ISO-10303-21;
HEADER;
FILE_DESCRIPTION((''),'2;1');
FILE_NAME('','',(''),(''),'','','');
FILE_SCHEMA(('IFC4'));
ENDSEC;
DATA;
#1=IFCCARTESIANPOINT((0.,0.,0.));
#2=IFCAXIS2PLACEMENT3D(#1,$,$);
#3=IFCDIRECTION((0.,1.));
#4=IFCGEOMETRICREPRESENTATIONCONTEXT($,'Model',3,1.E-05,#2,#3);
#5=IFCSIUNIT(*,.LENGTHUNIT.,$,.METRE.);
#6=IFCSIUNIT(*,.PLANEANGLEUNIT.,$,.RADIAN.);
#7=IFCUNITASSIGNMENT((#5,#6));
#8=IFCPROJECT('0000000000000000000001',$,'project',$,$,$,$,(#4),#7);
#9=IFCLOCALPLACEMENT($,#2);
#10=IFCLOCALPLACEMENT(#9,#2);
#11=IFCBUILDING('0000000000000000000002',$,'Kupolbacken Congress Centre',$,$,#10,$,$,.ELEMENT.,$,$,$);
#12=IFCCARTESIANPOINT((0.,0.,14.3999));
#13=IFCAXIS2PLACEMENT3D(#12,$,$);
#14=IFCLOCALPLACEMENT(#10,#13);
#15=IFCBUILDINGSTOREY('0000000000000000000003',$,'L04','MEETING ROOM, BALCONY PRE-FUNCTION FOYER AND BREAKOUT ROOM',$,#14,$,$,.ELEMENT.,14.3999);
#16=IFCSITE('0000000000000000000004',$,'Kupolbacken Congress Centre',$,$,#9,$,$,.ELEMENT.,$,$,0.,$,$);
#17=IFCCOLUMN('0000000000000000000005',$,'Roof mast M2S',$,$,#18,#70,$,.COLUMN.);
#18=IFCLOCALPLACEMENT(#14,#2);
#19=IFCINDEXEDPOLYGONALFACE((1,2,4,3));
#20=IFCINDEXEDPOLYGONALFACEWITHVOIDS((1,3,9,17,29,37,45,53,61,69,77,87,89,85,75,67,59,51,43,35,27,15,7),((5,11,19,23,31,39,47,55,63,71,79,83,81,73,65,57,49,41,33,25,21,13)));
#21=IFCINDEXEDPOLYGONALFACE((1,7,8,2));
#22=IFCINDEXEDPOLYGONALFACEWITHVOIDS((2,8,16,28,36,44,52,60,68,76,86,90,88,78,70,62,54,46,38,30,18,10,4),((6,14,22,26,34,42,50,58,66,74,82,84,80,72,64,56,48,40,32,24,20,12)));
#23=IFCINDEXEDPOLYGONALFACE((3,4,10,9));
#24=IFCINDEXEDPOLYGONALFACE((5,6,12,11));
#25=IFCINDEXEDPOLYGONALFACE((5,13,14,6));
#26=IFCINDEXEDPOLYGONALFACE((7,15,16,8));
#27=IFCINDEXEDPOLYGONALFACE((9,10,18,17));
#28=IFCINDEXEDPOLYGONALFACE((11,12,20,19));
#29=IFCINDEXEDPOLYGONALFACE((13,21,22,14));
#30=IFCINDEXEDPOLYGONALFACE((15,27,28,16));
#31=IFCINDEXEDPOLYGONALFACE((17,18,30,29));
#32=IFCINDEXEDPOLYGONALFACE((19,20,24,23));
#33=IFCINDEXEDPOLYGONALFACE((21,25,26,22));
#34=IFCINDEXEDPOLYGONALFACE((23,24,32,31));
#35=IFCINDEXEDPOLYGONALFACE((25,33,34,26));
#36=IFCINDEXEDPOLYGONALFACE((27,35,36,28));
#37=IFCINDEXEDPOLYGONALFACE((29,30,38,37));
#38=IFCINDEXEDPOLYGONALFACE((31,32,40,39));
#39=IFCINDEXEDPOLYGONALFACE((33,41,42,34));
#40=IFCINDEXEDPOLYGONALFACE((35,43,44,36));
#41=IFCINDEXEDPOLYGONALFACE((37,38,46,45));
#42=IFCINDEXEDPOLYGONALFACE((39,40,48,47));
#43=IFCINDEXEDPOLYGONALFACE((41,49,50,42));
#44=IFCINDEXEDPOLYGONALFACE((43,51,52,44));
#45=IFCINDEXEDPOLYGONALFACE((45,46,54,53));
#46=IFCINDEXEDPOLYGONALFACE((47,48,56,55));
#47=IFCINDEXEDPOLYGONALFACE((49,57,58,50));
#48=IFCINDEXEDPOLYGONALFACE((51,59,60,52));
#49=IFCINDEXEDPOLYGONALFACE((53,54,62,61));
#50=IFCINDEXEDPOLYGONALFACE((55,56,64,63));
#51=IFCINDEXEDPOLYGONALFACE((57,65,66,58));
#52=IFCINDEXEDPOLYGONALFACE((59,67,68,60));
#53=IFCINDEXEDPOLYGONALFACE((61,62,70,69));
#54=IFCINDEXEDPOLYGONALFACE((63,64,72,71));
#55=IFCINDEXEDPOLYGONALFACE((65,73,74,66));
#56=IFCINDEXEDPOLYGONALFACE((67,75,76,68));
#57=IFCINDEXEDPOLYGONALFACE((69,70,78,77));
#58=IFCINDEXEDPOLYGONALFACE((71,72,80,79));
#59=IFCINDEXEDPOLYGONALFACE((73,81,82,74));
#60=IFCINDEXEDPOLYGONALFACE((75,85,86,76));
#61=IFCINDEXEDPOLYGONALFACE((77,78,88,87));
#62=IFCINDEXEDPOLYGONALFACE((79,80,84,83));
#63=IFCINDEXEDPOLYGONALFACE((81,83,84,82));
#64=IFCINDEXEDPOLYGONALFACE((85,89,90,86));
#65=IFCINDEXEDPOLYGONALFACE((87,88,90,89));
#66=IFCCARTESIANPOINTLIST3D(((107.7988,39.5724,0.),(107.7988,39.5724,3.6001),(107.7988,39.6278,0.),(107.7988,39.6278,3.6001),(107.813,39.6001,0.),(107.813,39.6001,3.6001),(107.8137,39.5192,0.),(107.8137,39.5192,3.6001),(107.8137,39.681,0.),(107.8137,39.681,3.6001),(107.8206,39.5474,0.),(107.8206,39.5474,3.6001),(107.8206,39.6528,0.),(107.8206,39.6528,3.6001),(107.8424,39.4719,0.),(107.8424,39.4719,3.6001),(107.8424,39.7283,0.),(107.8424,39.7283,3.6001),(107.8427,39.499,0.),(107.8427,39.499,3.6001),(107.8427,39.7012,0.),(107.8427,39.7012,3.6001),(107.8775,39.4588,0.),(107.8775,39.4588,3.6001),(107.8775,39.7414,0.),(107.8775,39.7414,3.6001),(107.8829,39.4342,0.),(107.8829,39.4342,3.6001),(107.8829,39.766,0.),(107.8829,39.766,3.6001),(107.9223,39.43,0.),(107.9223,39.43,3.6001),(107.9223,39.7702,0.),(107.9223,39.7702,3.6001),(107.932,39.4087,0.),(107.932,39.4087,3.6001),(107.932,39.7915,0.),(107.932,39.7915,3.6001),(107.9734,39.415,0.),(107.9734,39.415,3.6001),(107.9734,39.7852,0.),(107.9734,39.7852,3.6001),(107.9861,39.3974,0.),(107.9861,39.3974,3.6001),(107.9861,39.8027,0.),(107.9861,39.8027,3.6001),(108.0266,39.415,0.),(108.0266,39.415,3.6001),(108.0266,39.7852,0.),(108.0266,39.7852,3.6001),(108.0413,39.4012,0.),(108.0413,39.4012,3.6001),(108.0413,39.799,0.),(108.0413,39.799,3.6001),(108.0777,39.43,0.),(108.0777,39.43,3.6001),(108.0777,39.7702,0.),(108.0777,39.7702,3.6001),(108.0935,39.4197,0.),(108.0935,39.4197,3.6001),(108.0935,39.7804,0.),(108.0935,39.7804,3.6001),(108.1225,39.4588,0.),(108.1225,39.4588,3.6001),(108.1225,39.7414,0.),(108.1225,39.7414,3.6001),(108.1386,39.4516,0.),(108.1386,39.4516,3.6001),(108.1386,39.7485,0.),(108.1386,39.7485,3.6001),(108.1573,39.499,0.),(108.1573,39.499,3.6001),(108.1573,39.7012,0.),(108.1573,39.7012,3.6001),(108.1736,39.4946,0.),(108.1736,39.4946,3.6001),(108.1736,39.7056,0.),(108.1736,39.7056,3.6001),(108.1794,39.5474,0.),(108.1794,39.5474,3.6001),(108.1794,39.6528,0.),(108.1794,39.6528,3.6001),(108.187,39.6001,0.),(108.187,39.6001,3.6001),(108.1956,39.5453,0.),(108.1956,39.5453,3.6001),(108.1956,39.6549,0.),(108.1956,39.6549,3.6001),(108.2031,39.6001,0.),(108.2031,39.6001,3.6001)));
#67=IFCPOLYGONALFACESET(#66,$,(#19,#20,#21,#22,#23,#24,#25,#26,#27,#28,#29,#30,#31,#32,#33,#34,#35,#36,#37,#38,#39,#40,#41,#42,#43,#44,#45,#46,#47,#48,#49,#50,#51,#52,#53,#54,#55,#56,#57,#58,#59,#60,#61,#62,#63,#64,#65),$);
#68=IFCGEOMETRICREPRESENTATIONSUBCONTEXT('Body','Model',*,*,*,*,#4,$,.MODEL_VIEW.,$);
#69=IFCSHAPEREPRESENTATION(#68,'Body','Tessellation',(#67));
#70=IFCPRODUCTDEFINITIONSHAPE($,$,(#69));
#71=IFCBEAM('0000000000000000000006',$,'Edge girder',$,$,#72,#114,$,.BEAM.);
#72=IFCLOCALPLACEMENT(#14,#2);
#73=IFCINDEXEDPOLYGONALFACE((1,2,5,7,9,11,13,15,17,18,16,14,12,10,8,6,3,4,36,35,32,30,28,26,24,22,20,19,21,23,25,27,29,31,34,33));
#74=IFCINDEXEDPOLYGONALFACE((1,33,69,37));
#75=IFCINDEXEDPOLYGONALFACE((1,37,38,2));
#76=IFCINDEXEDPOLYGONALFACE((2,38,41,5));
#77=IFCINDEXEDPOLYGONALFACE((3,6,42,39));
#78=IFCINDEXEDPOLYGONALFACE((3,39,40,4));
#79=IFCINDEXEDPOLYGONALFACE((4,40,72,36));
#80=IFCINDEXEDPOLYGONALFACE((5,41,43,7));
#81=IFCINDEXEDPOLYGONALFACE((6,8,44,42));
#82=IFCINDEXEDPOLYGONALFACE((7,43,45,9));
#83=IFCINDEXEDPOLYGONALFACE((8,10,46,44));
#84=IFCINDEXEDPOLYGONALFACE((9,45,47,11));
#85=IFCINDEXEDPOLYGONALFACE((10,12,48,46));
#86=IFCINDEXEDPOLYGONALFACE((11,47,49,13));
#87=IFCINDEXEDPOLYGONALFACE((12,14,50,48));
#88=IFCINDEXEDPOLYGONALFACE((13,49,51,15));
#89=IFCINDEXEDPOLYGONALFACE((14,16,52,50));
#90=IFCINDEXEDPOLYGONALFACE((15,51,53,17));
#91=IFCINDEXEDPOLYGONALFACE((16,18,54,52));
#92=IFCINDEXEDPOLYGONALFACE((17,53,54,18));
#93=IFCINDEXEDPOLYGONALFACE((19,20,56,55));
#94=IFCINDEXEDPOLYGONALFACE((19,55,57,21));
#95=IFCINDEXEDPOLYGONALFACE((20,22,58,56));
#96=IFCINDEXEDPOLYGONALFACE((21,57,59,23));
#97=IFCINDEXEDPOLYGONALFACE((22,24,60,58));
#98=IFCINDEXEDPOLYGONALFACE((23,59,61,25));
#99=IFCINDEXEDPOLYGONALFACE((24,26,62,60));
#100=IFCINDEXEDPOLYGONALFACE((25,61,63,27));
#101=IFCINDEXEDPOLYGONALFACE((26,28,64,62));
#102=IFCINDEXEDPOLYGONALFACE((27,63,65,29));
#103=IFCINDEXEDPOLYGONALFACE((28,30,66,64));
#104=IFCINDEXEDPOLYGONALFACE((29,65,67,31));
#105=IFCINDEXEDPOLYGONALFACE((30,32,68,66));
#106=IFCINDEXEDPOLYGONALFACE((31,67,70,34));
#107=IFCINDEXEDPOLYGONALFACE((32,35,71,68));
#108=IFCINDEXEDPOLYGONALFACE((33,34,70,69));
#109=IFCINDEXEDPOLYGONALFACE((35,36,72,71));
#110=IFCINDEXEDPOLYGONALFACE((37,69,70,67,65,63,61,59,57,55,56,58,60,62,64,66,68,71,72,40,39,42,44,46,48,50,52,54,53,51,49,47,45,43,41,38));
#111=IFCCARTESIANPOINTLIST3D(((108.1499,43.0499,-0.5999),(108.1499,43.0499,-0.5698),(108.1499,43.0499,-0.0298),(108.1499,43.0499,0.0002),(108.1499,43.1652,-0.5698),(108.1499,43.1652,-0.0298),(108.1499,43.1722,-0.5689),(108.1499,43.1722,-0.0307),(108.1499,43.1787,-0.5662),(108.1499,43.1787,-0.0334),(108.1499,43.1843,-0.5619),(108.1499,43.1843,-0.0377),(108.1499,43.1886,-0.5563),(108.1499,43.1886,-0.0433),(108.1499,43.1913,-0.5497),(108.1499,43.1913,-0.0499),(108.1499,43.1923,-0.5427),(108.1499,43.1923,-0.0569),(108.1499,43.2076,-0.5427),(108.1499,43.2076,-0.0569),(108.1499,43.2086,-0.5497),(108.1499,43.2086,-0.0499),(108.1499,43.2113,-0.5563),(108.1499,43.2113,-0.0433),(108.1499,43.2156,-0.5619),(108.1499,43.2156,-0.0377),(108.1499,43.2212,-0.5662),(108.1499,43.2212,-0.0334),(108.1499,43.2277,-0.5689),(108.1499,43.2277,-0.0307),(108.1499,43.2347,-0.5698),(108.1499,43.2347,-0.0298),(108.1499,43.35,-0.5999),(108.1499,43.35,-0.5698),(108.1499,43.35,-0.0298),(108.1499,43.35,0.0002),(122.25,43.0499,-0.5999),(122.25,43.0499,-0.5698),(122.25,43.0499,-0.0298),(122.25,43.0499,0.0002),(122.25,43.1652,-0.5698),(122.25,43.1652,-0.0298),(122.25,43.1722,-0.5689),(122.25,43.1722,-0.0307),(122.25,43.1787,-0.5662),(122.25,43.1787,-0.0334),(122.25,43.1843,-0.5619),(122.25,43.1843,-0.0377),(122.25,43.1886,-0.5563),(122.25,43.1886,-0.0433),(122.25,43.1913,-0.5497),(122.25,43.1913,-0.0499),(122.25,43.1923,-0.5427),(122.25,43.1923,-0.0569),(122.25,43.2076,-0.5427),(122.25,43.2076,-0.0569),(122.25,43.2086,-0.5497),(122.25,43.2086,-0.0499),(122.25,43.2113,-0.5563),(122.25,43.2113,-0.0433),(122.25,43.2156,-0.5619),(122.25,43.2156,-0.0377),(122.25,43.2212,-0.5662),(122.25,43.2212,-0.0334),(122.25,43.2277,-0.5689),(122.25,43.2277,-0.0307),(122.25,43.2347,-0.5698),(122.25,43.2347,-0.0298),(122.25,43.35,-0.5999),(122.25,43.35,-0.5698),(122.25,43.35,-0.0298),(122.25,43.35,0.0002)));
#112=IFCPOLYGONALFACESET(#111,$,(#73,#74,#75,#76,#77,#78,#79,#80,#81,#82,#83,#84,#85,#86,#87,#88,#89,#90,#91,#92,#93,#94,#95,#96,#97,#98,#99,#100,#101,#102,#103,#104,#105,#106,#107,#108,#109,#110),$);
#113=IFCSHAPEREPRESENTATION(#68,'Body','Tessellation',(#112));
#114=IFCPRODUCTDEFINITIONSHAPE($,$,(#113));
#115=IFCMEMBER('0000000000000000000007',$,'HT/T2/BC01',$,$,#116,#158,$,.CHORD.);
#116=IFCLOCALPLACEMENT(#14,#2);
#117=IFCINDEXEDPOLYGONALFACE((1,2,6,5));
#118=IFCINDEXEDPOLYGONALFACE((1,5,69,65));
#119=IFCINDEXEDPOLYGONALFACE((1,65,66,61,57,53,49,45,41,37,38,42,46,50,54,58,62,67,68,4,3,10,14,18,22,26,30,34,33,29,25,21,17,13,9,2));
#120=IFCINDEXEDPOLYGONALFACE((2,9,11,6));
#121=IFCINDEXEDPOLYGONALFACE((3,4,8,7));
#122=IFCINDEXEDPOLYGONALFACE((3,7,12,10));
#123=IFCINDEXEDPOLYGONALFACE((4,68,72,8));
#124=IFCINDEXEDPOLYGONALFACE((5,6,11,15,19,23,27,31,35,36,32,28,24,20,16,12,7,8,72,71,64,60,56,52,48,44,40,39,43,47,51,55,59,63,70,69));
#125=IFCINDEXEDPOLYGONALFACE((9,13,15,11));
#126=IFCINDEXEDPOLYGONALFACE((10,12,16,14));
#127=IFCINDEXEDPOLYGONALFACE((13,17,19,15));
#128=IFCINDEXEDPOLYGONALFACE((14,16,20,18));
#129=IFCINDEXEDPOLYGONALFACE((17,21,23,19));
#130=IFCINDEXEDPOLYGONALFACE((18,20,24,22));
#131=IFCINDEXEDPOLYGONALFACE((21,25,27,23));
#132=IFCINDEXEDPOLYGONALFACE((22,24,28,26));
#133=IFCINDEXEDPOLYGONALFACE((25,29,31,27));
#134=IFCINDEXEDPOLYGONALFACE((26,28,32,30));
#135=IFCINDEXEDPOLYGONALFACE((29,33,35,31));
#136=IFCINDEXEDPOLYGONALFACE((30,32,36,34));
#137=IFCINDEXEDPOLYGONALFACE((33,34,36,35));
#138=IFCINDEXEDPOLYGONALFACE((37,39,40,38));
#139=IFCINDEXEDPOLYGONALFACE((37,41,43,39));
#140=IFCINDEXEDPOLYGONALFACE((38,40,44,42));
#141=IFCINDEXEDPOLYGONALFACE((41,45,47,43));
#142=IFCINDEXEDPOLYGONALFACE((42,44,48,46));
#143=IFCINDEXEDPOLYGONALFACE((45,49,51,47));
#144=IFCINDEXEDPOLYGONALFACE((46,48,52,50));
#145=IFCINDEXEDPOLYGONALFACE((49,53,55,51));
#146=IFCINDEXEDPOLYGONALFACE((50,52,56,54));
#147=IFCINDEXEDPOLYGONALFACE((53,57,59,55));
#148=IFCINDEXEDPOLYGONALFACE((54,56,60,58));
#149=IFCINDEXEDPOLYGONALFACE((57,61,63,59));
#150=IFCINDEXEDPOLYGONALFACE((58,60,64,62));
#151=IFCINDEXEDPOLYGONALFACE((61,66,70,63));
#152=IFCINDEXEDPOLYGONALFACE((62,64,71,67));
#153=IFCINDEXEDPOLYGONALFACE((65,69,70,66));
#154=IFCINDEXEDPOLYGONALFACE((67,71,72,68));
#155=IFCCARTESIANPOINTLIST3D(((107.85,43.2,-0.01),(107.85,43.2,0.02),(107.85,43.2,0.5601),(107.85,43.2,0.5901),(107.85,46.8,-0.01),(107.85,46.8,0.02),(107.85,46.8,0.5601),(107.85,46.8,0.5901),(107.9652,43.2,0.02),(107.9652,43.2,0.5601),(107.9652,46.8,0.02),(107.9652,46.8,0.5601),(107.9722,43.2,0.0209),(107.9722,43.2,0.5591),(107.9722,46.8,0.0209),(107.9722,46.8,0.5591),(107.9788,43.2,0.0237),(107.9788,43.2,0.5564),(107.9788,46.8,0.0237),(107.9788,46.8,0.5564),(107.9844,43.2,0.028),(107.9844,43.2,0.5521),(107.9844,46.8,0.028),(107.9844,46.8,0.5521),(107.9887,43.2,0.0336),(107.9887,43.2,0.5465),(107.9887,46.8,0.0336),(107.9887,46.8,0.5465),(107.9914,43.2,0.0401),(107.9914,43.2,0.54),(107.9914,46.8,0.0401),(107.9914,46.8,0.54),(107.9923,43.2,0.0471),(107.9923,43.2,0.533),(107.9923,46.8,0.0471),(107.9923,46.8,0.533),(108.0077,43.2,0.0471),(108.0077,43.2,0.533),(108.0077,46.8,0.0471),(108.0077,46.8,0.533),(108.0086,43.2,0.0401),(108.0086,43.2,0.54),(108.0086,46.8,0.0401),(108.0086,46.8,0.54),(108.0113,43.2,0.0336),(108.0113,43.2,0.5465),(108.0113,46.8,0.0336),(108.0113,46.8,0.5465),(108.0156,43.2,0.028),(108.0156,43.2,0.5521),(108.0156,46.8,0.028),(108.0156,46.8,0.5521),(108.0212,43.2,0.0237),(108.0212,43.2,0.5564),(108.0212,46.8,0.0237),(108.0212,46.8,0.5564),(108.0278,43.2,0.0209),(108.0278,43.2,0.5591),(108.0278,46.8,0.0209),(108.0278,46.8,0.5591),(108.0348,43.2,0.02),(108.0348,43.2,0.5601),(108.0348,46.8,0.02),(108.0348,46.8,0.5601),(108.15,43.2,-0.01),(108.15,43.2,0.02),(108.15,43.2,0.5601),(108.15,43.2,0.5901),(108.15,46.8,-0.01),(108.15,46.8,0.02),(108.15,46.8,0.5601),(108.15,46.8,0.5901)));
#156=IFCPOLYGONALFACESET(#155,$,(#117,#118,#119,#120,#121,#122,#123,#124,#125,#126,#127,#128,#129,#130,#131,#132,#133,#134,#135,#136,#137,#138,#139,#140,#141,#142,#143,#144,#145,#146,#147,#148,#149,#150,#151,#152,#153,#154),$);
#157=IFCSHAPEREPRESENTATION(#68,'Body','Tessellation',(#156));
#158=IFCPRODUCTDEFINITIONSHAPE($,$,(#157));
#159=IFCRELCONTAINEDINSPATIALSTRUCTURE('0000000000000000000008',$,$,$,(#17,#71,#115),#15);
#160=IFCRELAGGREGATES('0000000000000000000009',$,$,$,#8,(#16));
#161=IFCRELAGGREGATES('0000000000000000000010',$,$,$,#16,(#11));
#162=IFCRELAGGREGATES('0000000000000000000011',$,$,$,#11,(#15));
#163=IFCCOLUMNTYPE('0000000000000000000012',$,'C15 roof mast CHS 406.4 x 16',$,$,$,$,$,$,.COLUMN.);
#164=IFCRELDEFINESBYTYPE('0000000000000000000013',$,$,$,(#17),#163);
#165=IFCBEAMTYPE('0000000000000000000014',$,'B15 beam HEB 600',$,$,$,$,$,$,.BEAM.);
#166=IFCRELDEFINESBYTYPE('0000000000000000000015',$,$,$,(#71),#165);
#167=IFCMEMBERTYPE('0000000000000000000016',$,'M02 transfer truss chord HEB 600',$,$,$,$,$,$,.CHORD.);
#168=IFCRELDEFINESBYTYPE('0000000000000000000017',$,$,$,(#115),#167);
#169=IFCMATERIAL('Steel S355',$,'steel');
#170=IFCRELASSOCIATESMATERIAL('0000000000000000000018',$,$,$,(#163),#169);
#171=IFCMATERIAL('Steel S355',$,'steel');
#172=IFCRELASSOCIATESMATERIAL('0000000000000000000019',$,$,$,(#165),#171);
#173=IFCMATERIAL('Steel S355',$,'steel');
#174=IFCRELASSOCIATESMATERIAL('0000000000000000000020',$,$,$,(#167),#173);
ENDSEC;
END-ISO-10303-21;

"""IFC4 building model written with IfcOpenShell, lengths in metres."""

from ifc_helpers import new_model, si_unit, direction, frame, origin, origin_2d, place, context, subcontext, project, spatial, hollow_circle, i_section, extrude, material, material_profile, profile_set, type_object, element, save


model = new_model("IFC4")

# Units and contexts
model_context = context("Model", 3, precision=1e-05, world=origin(), true_north=direction((0.0, 1.0)))
body_context = subcontext(model_context, "Body", "Model", "MODEL_VIEW")
ifc_project = project(units=[si_unit("LENGTHUNIT", "METRE"), si_unit("PLANEANGLEUNIT", "RADIAN")], contexts=[model_context])

# Site, building, storey
site_placement = place(None, origin())
site = spatial("IfcSite", under=ifc_project, at=site_placement, Name="Kupolbacken Congress Centre", CompositionType="ELEMENT", RefElevation=0.0)
building_placement = place(site_placement, origin())
building = spatial("IfcBuilding", under=site, at=building_placement, Name="Kupolbacken Congress Centre", CompositionType="ELEMENT")
storey_placement = place(building_placement, frame((0.0, 0.0, 14.3999)))
storey = spatial("IfcBuildingStorey", under=building, at=storey_placement, Name="L04", Description="MEETING ROOM, BALCONY PRE-FUNCTION FOYER AND BREAKOUT ROOM", CompositionType="ELEMENT", Elevation=14.3999)

# Column
ifc_material_1 = material(Name="Steel S355", Category="steel")
ifc_material_profile_1 = material_profile(ifc_material_1, hollow_circle(Radius=0.2031, WallThickness=0.0161, at=origin_2d()), Name="CHS 406.4 x 16")
ifc_profile_set_1 = profile_set([ifc_material_profile_1], Name="Steel S355")
column_type = type_object("IfcColumnType", Name="C15 roof mast CHS 406.4 x 16", PredefinedType="COLUMN", material=ifc_profile_set_1)
column_placement = place(storey_placement, frame((108.0, 39.6001, 0.0), z_axis=(0.0, 0.0, 1.0), x_axis=(1.0, 0.0, 0.0)))
element("IfcColumn", 1, at=column_placement, inside=storey, type_object=column_type, Name="Roof mast M2S", PredefinedType="COLUMN", context=body_context, shape_type="SweptSolid", body=[
    extrude(hollow_circle(Radius=0.2031, WallThickness=0.0161, at=origin_2d()), origin(), (0.0, 0.0, 1.0), 3.6001),
])

# Beam
ifc_material_2 = material(Name="Steel S355", Category="steel")
ifc_material_profile_2 = material_profile(ifc_material_2, i_section(OverallWidth=0.3, OverallDepth=0.6001, WebThickness=0.0154, FlangeThickness=0.03, FilletRadius=0.0271, at=origin_2d()), Name="HEB 600")
ifc_profile_set_2 = profile_set([ifc_material_profile_2], Name="Steel S355")
beam_type = type_object("IfcBeamType", Name="B15 beam HEB 600", PredefinedType="BEAM", material=ifc_profile_set_2)
beam_placement = place(storey_placement, frame((108.1499, 43.2, -0.2998), z_axis=(1.0, 0.0, 0.0), x_axis=(0.0, 1.0, 0.0)))
element("IfcBeam", 2, at=beam_placement, inside=storey, type_object=beam_type, Name="Edge girder", PredefinedType="BEAM", context=body_context, shape_type="SweptSolid", body=[
    extrude(i_section(OverallWidth=0.3, OverallDepth=0.6001, WebThickness=0.0154, FlangeThickness=0.03, FilletRadius=0.0271, at=origin_2d()), origin(), (0.0, 0.0, 1.0), 14.1001),
])

# Member
ifc_material_3 = material(Name="Steel S355", Category="steel")
ifc_material_profile_3 = material_profile(ifc_material_3, i_section(OverallWidth=0.3, OverallDepth=0.6001, WebThickness=0.0154, FlangeThickness=0.03, FilletRadius=0.0271, at=origin_2d()), Name="HEB 600")
ifc_profile_set_3 = profile_set([ifc_material_profile_3], Name="Steel S355")
member_type_1 = type_object("IfcMemberType", Name="M02 transfer truss chord HEB 600", PredefinedType="CHORD", material=ifc_profile_set_3)
member_1_placement = place(storey_placement, frame((108.0, 43.2, 0.29), z_axis=(0.0, 1.0, 0.0), x_axis=(-1.0, 0.0, 0.0)))
element("IfcMember", 3, at=member_1_placement, inside=storey, type_object=member_type_1, Name="HT/T2/BC01", PredefinedType="CHORD", context=body_context, shape_type="SweptSolid", body=[
    extrude(i_section(OverallWidth=0.3, OverallDepth=0.6001, WebThickness=0.0154, FlangeThickness=0.03, FilletRadius=0.0271, at=origin_2d()), origin(), (0.0, 0.0, 1.0), 3.6001),
])

save(model, "model.ifc")
